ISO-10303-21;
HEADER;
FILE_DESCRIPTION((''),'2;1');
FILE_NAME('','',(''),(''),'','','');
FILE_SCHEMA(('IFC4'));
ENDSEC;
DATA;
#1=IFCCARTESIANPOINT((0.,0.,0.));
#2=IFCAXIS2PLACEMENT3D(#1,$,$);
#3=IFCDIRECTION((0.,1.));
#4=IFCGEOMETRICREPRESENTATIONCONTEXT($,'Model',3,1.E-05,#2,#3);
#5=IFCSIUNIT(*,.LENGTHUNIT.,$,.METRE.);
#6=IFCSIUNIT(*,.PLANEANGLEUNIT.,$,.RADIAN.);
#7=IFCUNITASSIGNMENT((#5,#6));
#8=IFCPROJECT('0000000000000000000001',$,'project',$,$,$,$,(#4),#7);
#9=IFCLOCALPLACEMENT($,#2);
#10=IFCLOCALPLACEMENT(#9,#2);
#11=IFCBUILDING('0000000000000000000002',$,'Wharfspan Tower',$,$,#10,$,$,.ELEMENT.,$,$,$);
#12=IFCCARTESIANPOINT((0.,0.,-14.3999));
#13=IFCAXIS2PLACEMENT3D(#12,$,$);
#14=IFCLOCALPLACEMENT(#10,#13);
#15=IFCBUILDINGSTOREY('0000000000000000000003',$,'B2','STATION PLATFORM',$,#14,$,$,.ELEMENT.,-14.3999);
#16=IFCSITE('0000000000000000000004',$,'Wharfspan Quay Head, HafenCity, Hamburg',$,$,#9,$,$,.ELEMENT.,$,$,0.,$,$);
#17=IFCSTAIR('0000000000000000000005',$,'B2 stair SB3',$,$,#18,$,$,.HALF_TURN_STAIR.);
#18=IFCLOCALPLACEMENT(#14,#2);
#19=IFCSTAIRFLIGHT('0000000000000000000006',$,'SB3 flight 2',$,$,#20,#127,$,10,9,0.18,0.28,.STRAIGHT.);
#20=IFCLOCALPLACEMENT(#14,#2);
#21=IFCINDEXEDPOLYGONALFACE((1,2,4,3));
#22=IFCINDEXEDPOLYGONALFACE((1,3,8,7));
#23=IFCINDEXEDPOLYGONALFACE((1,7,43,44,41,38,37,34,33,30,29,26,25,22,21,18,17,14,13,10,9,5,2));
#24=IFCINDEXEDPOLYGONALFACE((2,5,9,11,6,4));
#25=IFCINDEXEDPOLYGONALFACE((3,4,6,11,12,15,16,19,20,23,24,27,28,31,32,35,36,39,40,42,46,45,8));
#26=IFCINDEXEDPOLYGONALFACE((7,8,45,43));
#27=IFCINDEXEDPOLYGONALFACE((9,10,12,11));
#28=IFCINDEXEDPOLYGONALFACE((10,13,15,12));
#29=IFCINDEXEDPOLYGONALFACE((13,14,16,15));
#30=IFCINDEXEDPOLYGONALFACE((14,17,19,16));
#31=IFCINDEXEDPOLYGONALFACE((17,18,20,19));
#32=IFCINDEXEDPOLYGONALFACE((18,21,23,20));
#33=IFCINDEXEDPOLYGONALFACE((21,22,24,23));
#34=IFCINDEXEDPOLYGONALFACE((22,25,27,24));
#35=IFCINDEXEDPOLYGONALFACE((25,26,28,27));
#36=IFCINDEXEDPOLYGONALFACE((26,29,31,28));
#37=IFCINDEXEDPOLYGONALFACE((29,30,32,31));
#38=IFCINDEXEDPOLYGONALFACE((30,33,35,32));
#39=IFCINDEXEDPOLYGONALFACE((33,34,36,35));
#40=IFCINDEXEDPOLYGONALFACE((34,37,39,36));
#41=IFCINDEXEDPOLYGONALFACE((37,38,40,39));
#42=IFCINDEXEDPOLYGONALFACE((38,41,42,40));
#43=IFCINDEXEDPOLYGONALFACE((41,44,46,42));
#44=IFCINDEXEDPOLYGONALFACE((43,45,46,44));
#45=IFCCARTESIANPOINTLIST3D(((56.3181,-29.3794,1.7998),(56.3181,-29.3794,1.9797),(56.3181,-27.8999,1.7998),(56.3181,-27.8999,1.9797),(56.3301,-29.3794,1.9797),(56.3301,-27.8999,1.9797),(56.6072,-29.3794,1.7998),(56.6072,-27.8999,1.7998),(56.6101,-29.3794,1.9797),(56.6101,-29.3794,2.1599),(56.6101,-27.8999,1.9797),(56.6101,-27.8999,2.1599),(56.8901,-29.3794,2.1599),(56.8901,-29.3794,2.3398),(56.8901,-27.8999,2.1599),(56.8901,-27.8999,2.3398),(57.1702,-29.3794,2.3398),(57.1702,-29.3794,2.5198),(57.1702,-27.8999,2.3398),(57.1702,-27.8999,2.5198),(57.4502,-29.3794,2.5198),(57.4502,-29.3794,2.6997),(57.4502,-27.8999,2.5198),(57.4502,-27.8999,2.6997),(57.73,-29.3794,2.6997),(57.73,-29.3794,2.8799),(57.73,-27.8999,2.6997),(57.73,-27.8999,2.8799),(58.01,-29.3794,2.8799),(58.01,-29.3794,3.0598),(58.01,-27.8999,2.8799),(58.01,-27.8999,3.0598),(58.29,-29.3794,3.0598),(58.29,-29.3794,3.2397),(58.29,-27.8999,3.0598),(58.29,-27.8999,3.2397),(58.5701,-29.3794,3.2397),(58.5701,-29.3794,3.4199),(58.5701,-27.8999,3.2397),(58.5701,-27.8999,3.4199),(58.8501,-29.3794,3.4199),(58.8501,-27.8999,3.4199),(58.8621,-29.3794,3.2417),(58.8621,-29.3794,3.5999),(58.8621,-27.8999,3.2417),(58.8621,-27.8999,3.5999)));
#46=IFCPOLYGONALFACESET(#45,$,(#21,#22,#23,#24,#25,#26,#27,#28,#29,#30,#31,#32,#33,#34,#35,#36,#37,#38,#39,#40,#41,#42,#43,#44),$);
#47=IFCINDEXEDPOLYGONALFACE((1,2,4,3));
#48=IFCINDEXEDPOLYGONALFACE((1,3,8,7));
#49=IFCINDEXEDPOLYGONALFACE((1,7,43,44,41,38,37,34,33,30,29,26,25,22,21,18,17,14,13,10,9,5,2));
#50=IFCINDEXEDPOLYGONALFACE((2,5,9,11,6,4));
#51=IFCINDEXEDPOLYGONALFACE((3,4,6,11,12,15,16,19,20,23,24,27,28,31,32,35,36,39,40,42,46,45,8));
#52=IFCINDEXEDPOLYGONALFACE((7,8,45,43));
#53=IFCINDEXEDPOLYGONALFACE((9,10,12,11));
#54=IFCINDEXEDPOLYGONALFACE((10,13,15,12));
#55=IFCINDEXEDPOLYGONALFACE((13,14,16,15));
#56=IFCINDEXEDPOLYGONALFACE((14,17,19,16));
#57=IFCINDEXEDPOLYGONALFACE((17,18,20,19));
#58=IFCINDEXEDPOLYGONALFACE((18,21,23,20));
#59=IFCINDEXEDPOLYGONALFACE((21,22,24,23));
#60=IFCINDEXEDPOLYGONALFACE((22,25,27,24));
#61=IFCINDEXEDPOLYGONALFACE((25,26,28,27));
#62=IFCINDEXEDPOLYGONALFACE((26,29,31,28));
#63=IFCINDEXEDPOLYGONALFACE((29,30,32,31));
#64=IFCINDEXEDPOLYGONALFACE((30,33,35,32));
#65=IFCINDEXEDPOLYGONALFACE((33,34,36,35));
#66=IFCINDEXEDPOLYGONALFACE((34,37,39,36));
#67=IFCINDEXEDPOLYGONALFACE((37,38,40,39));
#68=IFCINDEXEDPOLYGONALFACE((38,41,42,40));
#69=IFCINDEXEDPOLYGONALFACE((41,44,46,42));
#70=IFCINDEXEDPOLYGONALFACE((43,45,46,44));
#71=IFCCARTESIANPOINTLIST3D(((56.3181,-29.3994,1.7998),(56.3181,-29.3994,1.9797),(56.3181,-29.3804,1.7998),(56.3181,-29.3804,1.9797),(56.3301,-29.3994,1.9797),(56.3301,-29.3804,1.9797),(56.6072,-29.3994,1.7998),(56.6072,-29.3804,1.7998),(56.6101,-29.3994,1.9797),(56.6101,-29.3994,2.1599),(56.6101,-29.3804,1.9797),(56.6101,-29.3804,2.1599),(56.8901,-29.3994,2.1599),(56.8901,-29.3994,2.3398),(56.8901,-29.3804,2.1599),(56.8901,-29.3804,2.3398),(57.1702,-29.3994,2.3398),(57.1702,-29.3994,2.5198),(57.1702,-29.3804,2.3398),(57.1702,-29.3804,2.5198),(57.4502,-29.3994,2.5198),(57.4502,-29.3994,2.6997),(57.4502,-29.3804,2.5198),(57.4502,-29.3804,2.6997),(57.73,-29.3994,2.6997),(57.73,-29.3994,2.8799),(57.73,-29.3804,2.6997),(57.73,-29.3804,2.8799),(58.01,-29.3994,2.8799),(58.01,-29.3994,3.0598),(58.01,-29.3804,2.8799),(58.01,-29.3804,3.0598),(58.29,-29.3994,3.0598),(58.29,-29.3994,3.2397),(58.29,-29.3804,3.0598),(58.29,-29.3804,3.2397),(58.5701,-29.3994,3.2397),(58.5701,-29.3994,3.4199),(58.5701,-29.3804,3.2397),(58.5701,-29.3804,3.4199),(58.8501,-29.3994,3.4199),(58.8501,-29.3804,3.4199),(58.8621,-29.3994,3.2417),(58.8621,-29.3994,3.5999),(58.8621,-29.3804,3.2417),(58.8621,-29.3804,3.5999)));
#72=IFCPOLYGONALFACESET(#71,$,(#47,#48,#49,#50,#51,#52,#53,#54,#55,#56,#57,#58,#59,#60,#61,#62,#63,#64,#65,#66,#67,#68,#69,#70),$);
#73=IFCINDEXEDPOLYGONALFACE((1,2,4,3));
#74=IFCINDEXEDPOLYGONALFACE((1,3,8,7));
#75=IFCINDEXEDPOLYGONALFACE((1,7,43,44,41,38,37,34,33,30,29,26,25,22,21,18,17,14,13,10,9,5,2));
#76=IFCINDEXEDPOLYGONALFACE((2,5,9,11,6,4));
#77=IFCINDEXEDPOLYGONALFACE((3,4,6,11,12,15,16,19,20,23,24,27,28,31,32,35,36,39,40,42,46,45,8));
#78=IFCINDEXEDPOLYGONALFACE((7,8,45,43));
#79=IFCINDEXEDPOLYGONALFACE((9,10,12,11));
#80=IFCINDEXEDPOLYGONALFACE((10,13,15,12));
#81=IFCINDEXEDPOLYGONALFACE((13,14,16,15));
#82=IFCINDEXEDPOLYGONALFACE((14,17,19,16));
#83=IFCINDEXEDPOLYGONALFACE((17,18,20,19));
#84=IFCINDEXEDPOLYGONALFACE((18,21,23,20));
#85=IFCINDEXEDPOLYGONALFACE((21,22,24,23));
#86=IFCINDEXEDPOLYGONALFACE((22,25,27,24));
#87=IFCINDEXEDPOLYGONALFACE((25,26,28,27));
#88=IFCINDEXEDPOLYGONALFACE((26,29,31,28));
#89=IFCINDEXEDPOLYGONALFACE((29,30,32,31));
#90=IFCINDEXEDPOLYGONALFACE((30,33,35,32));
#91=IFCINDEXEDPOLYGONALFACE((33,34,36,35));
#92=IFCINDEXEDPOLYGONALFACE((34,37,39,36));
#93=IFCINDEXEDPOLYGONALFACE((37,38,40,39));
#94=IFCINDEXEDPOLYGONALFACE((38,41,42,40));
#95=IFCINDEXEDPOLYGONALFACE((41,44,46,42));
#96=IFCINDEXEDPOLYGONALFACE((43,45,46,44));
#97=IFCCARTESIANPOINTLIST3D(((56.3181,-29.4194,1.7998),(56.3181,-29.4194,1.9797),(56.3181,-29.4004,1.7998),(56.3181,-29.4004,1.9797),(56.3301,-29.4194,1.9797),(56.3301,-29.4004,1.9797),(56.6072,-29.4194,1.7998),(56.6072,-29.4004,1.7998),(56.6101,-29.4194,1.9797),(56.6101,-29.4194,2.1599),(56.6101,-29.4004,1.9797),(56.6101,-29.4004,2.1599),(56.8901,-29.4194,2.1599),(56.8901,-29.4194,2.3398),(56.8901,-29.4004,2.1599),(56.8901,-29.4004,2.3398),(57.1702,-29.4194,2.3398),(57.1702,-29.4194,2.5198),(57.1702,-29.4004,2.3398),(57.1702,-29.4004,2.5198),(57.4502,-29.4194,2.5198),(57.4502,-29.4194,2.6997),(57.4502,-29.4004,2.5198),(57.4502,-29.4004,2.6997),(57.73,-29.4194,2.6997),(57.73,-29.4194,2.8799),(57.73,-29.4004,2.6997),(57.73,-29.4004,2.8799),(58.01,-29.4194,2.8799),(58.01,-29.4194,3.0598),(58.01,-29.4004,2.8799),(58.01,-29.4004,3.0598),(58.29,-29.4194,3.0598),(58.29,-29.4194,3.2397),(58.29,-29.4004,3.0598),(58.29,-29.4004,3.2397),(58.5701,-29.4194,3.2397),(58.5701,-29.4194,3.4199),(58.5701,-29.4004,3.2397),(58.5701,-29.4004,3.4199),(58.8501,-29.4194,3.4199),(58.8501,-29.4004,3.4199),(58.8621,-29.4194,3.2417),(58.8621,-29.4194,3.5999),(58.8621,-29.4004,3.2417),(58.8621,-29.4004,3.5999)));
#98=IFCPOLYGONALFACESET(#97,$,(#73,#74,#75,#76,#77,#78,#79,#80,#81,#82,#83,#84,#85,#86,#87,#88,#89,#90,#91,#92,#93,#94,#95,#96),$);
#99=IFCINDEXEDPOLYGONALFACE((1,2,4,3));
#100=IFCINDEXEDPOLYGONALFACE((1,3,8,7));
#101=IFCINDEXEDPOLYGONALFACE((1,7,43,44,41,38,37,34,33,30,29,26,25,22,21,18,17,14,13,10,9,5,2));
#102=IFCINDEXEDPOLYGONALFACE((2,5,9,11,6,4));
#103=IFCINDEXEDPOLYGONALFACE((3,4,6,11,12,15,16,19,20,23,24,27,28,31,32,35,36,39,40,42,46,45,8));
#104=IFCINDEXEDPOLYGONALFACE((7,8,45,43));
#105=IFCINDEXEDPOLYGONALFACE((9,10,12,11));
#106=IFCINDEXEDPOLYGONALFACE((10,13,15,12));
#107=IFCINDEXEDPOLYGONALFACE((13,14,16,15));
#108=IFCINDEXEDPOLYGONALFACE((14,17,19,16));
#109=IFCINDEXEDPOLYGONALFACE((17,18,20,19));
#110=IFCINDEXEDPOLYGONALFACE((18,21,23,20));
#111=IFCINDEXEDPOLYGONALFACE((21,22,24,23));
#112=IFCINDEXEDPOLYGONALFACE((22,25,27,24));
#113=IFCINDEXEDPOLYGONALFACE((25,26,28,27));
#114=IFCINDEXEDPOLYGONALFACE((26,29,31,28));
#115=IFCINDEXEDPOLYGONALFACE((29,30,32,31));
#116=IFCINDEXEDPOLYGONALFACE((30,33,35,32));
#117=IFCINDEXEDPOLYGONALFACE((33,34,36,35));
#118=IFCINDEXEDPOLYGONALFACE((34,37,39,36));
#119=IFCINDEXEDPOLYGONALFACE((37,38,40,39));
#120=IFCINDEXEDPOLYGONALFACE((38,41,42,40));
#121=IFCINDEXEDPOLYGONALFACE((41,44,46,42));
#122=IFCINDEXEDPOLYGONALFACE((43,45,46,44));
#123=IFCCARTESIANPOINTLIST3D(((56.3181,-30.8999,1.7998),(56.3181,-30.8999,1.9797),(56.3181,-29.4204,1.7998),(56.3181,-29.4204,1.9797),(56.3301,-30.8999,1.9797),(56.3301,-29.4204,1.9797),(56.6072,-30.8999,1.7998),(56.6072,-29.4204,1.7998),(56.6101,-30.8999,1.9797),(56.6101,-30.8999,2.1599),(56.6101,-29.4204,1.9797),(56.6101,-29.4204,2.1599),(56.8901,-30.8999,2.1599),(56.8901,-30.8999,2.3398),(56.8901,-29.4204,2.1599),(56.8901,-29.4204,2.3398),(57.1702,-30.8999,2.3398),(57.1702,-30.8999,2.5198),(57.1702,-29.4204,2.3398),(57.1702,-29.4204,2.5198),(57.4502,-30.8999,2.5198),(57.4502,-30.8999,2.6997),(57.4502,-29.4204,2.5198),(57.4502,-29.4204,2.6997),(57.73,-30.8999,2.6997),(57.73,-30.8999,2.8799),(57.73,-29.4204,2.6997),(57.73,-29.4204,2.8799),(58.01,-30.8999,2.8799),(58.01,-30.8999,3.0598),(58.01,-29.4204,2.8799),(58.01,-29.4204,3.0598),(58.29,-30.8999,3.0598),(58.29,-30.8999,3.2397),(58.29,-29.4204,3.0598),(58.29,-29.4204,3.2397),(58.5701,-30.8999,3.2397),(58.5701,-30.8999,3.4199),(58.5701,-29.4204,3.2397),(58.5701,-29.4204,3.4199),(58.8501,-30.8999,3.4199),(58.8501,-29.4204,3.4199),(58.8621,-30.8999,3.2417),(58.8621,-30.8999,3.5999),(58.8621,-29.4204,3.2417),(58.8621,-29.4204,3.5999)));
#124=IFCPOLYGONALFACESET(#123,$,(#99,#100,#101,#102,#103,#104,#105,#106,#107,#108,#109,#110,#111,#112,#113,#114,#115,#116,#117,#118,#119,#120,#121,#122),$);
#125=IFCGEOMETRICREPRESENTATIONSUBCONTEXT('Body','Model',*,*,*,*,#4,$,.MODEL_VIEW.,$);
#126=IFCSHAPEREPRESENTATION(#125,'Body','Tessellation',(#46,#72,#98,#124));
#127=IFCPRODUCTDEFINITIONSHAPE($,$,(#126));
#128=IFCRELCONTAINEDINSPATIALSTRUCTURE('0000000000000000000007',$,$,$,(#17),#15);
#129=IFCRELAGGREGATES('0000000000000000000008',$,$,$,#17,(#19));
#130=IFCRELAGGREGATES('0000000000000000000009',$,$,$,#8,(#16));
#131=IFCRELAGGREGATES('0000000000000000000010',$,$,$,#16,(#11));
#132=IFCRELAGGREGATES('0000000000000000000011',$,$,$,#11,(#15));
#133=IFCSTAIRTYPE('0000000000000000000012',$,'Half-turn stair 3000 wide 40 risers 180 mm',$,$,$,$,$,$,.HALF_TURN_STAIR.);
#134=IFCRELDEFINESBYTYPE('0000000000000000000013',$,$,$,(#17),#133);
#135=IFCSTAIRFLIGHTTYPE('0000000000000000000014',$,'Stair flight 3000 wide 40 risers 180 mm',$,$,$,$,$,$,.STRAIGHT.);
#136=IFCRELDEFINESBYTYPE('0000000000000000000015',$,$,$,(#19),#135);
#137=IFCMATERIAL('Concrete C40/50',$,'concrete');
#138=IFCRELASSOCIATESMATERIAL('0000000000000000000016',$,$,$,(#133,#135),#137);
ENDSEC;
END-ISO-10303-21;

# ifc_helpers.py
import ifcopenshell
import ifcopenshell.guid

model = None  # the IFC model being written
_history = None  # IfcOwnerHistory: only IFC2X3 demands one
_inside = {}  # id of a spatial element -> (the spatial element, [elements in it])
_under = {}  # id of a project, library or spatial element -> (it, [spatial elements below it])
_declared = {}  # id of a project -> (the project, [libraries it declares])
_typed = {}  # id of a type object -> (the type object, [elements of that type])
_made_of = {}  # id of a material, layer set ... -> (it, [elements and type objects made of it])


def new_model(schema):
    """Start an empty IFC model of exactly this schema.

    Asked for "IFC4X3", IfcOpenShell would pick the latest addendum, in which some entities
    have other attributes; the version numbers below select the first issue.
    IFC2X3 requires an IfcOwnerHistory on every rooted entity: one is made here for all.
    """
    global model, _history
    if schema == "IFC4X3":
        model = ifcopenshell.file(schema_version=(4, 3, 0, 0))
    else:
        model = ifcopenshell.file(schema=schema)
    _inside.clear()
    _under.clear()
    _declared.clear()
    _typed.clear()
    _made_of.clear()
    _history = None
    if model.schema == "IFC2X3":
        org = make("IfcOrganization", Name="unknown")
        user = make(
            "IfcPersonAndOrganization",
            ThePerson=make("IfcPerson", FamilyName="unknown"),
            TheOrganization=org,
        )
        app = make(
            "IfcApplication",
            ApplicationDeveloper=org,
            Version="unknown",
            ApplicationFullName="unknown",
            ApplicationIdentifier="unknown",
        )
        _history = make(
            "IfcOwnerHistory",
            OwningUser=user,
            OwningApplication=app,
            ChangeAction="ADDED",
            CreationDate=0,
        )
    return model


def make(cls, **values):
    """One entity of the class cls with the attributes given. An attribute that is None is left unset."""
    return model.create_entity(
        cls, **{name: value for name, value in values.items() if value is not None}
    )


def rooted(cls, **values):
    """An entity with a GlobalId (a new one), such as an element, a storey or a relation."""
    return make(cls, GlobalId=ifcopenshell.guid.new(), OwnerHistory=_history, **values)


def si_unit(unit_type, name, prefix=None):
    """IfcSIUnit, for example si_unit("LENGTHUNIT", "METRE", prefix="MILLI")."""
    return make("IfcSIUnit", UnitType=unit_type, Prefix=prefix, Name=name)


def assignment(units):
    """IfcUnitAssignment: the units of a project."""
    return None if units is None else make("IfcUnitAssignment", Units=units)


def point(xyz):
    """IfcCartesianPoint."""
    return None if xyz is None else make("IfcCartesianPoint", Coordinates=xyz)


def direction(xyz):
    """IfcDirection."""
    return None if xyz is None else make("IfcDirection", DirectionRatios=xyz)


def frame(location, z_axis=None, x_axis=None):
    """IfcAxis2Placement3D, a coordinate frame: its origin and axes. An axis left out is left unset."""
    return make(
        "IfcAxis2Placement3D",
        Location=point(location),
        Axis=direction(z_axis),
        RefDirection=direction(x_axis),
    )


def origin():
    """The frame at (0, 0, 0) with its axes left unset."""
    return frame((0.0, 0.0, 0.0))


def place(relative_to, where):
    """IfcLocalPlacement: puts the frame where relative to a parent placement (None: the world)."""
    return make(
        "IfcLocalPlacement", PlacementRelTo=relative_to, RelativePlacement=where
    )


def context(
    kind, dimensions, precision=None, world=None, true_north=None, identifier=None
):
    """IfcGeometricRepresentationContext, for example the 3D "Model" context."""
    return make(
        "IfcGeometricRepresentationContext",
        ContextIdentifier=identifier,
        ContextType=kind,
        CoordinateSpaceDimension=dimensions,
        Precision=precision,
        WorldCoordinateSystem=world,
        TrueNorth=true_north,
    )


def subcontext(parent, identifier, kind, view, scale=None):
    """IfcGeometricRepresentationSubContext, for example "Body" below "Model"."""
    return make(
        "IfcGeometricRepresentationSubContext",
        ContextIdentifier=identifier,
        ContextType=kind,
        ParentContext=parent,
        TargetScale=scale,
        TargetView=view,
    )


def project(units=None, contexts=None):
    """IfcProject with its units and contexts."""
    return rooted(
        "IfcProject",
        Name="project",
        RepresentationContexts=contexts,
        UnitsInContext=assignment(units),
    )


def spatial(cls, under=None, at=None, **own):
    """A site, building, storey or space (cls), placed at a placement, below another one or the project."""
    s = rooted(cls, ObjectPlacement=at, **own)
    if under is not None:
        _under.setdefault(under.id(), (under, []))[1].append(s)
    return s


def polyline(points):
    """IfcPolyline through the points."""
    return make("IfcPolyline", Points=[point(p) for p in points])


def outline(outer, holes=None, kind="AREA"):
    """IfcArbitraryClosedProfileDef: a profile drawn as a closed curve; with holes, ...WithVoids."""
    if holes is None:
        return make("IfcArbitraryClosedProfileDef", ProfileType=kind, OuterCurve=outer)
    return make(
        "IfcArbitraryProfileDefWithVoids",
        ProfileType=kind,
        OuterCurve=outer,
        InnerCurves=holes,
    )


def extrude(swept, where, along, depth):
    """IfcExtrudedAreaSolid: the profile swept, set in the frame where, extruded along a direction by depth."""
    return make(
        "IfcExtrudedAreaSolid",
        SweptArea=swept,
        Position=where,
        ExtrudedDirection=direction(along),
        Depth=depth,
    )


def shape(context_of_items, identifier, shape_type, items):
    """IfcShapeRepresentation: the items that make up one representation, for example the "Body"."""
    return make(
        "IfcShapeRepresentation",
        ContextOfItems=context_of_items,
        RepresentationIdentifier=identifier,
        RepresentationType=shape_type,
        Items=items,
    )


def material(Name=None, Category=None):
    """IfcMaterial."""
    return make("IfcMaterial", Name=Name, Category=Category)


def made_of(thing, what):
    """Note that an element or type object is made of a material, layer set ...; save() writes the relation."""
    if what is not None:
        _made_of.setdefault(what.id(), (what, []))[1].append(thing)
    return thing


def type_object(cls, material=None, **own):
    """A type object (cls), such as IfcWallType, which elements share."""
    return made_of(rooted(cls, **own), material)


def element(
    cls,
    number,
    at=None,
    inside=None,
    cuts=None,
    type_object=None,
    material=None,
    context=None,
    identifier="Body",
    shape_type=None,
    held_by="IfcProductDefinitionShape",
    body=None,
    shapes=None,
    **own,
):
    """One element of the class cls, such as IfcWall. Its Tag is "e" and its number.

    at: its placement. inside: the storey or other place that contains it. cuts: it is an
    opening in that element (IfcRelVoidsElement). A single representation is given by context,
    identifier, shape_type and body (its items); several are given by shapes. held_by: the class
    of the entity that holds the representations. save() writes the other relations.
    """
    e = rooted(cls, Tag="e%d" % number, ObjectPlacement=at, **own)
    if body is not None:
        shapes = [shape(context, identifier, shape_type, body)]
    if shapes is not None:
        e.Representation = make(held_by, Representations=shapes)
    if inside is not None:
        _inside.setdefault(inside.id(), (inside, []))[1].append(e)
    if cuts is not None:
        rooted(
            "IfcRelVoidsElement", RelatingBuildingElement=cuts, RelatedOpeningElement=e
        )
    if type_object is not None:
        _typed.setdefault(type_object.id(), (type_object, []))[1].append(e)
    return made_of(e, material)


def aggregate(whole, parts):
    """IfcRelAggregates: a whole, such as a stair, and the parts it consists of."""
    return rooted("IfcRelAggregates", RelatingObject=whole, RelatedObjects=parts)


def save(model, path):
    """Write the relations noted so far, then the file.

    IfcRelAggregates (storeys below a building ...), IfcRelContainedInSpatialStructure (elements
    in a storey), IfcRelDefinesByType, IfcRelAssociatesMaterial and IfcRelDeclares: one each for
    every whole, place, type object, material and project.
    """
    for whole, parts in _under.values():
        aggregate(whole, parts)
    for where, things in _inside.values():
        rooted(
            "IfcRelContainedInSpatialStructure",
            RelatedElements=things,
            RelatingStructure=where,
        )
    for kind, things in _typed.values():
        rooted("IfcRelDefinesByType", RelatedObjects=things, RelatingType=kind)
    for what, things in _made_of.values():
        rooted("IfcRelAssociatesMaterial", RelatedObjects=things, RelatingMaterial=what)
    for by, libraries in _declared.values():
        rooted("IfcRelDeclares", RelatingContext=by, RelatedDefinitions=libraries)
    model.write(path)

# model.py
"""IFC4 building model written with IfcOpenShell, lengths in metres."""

from ifc_helpers import new_model, si_unit, direction, frame, origin, place, context, subcontext, project, spatial, polyline, outline, extrude, material, type_object, element, aggregate, save


model = new_model("IFC4")

# Units and contexts
model_context = context("Model", 3, precision=1e-05, world=origin(), true_north=direction((0.0, 1.0)))
body_context = subcontext(model_context, "Body", "Model", "MODEL_VIEW")
ifc_project = project(units=[si_unit("LENGTHUNIT", "METRE"), si_unit("PLANEANGLEUNIT", "RADIAN")], contexts=[model_context])

# Site, building, storey
site_placement = place(None, origin())
site = spatial("IfcSite", under=ifc_project, at=site_placement, Name="Wharfspan Quay Head, HafenCity, Hamburg", CompositionType="ELEMENT", RefElevation=0.0)
building_placement = place(site_placement, origin())
building = spatial("IfcBuilding", under=site, at=building_placement, Name="Wharfspan Tower", CompositionType="ELEMENT")
storey_placement = place(building_placement, frame((0.0, 0.0, -14.3999)))
storey = spatial("IfcBuildingStorey", under=building, at=storey_placement, Name="B2", Description="STATION PLATFORM", CompositionType="ELEMENT", Elevation=-14.3999)

# Shared definitions
ifc_material_1 = material(Name="Concrete C40/50", Category="concrete")

# Stair, stair flight
stair_type = type_object("IfcStairType", Name="Half-turn stair 3000 wide 40 risers 180 mm", PredefinedType="HALF_TURN_STAIR", material=ifc_material_1)
stair_placement = place(storey_placement, origin())
stair = element("IfcStair", 1, at=stair_placement, inside=storey, type_object=stair_type, Name="B2 stair SB3", PredefinedType="HALF_TURN_STAIR")
stair_flight_type = type_object("IfcStairFlightType", Name="Stair flight 3000 wide 40 risers 180 mm", PredefinedType="STRAIGHT", material=ifc_material_1)
stair_flight_1_placement = place(storey_placement, frame((56.3301, -29.3999, 1.7998), z_axis=(0.0, 0.0, 1.0), x_axis=(1.0, 0.0, 0.0)))
stair_flight_1 = element("IfcStairFlight", 2, at=stair_flight_1_placement, type_object=stair_flight_type, Name="SB3 flight 2", NumberOfRisers=10, NumberOfTreads=9, PredefinedType="STRAIGHT", RiserHeight=0.18, TreadLength=0.28, context=body_context, shape_type="SweptSolid", body=[
    extrude(outline(polyline([(-0.012, 0.0), (-0.012, 0.1799), (0.0, 0.1799), (0.28, 0.1799), (0.28, 0.3601), (0.5601, 0.3601), (0.5601, 0.54), (0.8401, 0.54), (0.8401, 0.72), (1.1201, 0.72), (1.1201, 0.8999), (1.3999, 0.8999), (1.3999, 1.0801), (1.6799, 1.0801), (1.6799, 1.26), (1.96, 1.26), (1.96, 1.4399), (2.24, 1.4399), (2.24, 1.6201), (2.52, 1.6201), (2.532, 1.8), (2.532, 1.4419), (0.2771, 0.0), (-0.012, 0.0)])), frame((0.0, 1.5, 0.0), z_axis=(0.0, -1.0, 0.0), x_axis=(1.0, 0.0, 0.0)), (0.0, 0.0, 1.0), 1.4795),
    extrude(outline(polyline([(-0.012, 0.0), (-0.012, 0.1799), (0.0, 0.1799), (0.28, 0.1799), (0.28, 0.3601), (0.5601, 0.3601), (0.5601, 0.54), (0.8401, 0.54), (0.8401, 0.72), (1.1201, 0.72), (1.1201, 0.8999), (1.3999, 0.8999), (1.3999, 1.0801), (1.6799, 1.0801), (1.6799, 1.26), (1.96, 1.26), (1.96, 1.4399), (2.24, 1.4399), (2.24, 1.6201), (2.52, 1.6201), (2.532, 1.8), (2.532, 1.4419), (0.2771, 0.0), (-0.012, 0.0)])), frame((0.0, 0.0195, 0.0), z_axis=(0.0, -1.0, 0.0), x_axis=(1.0, 0.0, 0.0)), (0.0, 0.0, 1.0), 0.019),
    extrude(outline(polyline([(-0.012, 0.0), (-0.012, 0.1799), (0.0, 0.1799), (0.28, 0.1799), (0.28, 0.3601), (0.5601, 0.3601), (0.5601, 0.54), (0.8401, 0.54), (0.8401, 0.72), (1.1201, 0.72), (1.1201, 0.8999), (1.3999, 0.8999), (1.3999, 1.0801), (1.6799, 1.0801), (1.6799, 1.26), (1.96, 1.26), (1.96, 1.4399), (2.24, 1.4399), (2.24, 1.6201), (2.52, 1.6201), (2.532, 1.8), (2.532, 1.4419), (0.2771, 0.0), (-0.012, 0.0)])), frame((0.0, -0.0005, 0.0), z_axis=(0.0, -1.0, 0.0), x_axis=(1.0, 0.0, 0.0)), (0.0, 0.0, 1.0), 0.019),
    extrude(outline(polyline([(-0.012, 0.0), (-0.012, 0.1799), (0.0, 0.1799), (0.28, 0.1799), (0.28, 0.3601), (0.5601, 0.3601), (0.5601, 0.54), (0.8401, 0.54), (0.8401, 0.72), (1.1201, 0.72), (1.1201, 0.8999), (1.3999, 0.8999), (1.3999, 1.0801), (1.6799, 1.0801), (1.6799, 1.26), (1.96, 1.26), (1.96, 1.4399), (2.24, 1.4399), (2.24, 1.6201), (2.52, 1.6201), (2.532, 1.8), (2.532, 1.4419), (0.2771, 0.0), (-0.012, 0.0)])), frame((0.0, -0.0205, 0.0), z_axis=(0.0, -1.0, 0.0), x_axis=(1.0, 0.0, 0.0)), (0.0, 0.0, 1.0), 1.4795),
])
aggregate(stair, [stair_flight_1])

save(model, "model.ifc")
